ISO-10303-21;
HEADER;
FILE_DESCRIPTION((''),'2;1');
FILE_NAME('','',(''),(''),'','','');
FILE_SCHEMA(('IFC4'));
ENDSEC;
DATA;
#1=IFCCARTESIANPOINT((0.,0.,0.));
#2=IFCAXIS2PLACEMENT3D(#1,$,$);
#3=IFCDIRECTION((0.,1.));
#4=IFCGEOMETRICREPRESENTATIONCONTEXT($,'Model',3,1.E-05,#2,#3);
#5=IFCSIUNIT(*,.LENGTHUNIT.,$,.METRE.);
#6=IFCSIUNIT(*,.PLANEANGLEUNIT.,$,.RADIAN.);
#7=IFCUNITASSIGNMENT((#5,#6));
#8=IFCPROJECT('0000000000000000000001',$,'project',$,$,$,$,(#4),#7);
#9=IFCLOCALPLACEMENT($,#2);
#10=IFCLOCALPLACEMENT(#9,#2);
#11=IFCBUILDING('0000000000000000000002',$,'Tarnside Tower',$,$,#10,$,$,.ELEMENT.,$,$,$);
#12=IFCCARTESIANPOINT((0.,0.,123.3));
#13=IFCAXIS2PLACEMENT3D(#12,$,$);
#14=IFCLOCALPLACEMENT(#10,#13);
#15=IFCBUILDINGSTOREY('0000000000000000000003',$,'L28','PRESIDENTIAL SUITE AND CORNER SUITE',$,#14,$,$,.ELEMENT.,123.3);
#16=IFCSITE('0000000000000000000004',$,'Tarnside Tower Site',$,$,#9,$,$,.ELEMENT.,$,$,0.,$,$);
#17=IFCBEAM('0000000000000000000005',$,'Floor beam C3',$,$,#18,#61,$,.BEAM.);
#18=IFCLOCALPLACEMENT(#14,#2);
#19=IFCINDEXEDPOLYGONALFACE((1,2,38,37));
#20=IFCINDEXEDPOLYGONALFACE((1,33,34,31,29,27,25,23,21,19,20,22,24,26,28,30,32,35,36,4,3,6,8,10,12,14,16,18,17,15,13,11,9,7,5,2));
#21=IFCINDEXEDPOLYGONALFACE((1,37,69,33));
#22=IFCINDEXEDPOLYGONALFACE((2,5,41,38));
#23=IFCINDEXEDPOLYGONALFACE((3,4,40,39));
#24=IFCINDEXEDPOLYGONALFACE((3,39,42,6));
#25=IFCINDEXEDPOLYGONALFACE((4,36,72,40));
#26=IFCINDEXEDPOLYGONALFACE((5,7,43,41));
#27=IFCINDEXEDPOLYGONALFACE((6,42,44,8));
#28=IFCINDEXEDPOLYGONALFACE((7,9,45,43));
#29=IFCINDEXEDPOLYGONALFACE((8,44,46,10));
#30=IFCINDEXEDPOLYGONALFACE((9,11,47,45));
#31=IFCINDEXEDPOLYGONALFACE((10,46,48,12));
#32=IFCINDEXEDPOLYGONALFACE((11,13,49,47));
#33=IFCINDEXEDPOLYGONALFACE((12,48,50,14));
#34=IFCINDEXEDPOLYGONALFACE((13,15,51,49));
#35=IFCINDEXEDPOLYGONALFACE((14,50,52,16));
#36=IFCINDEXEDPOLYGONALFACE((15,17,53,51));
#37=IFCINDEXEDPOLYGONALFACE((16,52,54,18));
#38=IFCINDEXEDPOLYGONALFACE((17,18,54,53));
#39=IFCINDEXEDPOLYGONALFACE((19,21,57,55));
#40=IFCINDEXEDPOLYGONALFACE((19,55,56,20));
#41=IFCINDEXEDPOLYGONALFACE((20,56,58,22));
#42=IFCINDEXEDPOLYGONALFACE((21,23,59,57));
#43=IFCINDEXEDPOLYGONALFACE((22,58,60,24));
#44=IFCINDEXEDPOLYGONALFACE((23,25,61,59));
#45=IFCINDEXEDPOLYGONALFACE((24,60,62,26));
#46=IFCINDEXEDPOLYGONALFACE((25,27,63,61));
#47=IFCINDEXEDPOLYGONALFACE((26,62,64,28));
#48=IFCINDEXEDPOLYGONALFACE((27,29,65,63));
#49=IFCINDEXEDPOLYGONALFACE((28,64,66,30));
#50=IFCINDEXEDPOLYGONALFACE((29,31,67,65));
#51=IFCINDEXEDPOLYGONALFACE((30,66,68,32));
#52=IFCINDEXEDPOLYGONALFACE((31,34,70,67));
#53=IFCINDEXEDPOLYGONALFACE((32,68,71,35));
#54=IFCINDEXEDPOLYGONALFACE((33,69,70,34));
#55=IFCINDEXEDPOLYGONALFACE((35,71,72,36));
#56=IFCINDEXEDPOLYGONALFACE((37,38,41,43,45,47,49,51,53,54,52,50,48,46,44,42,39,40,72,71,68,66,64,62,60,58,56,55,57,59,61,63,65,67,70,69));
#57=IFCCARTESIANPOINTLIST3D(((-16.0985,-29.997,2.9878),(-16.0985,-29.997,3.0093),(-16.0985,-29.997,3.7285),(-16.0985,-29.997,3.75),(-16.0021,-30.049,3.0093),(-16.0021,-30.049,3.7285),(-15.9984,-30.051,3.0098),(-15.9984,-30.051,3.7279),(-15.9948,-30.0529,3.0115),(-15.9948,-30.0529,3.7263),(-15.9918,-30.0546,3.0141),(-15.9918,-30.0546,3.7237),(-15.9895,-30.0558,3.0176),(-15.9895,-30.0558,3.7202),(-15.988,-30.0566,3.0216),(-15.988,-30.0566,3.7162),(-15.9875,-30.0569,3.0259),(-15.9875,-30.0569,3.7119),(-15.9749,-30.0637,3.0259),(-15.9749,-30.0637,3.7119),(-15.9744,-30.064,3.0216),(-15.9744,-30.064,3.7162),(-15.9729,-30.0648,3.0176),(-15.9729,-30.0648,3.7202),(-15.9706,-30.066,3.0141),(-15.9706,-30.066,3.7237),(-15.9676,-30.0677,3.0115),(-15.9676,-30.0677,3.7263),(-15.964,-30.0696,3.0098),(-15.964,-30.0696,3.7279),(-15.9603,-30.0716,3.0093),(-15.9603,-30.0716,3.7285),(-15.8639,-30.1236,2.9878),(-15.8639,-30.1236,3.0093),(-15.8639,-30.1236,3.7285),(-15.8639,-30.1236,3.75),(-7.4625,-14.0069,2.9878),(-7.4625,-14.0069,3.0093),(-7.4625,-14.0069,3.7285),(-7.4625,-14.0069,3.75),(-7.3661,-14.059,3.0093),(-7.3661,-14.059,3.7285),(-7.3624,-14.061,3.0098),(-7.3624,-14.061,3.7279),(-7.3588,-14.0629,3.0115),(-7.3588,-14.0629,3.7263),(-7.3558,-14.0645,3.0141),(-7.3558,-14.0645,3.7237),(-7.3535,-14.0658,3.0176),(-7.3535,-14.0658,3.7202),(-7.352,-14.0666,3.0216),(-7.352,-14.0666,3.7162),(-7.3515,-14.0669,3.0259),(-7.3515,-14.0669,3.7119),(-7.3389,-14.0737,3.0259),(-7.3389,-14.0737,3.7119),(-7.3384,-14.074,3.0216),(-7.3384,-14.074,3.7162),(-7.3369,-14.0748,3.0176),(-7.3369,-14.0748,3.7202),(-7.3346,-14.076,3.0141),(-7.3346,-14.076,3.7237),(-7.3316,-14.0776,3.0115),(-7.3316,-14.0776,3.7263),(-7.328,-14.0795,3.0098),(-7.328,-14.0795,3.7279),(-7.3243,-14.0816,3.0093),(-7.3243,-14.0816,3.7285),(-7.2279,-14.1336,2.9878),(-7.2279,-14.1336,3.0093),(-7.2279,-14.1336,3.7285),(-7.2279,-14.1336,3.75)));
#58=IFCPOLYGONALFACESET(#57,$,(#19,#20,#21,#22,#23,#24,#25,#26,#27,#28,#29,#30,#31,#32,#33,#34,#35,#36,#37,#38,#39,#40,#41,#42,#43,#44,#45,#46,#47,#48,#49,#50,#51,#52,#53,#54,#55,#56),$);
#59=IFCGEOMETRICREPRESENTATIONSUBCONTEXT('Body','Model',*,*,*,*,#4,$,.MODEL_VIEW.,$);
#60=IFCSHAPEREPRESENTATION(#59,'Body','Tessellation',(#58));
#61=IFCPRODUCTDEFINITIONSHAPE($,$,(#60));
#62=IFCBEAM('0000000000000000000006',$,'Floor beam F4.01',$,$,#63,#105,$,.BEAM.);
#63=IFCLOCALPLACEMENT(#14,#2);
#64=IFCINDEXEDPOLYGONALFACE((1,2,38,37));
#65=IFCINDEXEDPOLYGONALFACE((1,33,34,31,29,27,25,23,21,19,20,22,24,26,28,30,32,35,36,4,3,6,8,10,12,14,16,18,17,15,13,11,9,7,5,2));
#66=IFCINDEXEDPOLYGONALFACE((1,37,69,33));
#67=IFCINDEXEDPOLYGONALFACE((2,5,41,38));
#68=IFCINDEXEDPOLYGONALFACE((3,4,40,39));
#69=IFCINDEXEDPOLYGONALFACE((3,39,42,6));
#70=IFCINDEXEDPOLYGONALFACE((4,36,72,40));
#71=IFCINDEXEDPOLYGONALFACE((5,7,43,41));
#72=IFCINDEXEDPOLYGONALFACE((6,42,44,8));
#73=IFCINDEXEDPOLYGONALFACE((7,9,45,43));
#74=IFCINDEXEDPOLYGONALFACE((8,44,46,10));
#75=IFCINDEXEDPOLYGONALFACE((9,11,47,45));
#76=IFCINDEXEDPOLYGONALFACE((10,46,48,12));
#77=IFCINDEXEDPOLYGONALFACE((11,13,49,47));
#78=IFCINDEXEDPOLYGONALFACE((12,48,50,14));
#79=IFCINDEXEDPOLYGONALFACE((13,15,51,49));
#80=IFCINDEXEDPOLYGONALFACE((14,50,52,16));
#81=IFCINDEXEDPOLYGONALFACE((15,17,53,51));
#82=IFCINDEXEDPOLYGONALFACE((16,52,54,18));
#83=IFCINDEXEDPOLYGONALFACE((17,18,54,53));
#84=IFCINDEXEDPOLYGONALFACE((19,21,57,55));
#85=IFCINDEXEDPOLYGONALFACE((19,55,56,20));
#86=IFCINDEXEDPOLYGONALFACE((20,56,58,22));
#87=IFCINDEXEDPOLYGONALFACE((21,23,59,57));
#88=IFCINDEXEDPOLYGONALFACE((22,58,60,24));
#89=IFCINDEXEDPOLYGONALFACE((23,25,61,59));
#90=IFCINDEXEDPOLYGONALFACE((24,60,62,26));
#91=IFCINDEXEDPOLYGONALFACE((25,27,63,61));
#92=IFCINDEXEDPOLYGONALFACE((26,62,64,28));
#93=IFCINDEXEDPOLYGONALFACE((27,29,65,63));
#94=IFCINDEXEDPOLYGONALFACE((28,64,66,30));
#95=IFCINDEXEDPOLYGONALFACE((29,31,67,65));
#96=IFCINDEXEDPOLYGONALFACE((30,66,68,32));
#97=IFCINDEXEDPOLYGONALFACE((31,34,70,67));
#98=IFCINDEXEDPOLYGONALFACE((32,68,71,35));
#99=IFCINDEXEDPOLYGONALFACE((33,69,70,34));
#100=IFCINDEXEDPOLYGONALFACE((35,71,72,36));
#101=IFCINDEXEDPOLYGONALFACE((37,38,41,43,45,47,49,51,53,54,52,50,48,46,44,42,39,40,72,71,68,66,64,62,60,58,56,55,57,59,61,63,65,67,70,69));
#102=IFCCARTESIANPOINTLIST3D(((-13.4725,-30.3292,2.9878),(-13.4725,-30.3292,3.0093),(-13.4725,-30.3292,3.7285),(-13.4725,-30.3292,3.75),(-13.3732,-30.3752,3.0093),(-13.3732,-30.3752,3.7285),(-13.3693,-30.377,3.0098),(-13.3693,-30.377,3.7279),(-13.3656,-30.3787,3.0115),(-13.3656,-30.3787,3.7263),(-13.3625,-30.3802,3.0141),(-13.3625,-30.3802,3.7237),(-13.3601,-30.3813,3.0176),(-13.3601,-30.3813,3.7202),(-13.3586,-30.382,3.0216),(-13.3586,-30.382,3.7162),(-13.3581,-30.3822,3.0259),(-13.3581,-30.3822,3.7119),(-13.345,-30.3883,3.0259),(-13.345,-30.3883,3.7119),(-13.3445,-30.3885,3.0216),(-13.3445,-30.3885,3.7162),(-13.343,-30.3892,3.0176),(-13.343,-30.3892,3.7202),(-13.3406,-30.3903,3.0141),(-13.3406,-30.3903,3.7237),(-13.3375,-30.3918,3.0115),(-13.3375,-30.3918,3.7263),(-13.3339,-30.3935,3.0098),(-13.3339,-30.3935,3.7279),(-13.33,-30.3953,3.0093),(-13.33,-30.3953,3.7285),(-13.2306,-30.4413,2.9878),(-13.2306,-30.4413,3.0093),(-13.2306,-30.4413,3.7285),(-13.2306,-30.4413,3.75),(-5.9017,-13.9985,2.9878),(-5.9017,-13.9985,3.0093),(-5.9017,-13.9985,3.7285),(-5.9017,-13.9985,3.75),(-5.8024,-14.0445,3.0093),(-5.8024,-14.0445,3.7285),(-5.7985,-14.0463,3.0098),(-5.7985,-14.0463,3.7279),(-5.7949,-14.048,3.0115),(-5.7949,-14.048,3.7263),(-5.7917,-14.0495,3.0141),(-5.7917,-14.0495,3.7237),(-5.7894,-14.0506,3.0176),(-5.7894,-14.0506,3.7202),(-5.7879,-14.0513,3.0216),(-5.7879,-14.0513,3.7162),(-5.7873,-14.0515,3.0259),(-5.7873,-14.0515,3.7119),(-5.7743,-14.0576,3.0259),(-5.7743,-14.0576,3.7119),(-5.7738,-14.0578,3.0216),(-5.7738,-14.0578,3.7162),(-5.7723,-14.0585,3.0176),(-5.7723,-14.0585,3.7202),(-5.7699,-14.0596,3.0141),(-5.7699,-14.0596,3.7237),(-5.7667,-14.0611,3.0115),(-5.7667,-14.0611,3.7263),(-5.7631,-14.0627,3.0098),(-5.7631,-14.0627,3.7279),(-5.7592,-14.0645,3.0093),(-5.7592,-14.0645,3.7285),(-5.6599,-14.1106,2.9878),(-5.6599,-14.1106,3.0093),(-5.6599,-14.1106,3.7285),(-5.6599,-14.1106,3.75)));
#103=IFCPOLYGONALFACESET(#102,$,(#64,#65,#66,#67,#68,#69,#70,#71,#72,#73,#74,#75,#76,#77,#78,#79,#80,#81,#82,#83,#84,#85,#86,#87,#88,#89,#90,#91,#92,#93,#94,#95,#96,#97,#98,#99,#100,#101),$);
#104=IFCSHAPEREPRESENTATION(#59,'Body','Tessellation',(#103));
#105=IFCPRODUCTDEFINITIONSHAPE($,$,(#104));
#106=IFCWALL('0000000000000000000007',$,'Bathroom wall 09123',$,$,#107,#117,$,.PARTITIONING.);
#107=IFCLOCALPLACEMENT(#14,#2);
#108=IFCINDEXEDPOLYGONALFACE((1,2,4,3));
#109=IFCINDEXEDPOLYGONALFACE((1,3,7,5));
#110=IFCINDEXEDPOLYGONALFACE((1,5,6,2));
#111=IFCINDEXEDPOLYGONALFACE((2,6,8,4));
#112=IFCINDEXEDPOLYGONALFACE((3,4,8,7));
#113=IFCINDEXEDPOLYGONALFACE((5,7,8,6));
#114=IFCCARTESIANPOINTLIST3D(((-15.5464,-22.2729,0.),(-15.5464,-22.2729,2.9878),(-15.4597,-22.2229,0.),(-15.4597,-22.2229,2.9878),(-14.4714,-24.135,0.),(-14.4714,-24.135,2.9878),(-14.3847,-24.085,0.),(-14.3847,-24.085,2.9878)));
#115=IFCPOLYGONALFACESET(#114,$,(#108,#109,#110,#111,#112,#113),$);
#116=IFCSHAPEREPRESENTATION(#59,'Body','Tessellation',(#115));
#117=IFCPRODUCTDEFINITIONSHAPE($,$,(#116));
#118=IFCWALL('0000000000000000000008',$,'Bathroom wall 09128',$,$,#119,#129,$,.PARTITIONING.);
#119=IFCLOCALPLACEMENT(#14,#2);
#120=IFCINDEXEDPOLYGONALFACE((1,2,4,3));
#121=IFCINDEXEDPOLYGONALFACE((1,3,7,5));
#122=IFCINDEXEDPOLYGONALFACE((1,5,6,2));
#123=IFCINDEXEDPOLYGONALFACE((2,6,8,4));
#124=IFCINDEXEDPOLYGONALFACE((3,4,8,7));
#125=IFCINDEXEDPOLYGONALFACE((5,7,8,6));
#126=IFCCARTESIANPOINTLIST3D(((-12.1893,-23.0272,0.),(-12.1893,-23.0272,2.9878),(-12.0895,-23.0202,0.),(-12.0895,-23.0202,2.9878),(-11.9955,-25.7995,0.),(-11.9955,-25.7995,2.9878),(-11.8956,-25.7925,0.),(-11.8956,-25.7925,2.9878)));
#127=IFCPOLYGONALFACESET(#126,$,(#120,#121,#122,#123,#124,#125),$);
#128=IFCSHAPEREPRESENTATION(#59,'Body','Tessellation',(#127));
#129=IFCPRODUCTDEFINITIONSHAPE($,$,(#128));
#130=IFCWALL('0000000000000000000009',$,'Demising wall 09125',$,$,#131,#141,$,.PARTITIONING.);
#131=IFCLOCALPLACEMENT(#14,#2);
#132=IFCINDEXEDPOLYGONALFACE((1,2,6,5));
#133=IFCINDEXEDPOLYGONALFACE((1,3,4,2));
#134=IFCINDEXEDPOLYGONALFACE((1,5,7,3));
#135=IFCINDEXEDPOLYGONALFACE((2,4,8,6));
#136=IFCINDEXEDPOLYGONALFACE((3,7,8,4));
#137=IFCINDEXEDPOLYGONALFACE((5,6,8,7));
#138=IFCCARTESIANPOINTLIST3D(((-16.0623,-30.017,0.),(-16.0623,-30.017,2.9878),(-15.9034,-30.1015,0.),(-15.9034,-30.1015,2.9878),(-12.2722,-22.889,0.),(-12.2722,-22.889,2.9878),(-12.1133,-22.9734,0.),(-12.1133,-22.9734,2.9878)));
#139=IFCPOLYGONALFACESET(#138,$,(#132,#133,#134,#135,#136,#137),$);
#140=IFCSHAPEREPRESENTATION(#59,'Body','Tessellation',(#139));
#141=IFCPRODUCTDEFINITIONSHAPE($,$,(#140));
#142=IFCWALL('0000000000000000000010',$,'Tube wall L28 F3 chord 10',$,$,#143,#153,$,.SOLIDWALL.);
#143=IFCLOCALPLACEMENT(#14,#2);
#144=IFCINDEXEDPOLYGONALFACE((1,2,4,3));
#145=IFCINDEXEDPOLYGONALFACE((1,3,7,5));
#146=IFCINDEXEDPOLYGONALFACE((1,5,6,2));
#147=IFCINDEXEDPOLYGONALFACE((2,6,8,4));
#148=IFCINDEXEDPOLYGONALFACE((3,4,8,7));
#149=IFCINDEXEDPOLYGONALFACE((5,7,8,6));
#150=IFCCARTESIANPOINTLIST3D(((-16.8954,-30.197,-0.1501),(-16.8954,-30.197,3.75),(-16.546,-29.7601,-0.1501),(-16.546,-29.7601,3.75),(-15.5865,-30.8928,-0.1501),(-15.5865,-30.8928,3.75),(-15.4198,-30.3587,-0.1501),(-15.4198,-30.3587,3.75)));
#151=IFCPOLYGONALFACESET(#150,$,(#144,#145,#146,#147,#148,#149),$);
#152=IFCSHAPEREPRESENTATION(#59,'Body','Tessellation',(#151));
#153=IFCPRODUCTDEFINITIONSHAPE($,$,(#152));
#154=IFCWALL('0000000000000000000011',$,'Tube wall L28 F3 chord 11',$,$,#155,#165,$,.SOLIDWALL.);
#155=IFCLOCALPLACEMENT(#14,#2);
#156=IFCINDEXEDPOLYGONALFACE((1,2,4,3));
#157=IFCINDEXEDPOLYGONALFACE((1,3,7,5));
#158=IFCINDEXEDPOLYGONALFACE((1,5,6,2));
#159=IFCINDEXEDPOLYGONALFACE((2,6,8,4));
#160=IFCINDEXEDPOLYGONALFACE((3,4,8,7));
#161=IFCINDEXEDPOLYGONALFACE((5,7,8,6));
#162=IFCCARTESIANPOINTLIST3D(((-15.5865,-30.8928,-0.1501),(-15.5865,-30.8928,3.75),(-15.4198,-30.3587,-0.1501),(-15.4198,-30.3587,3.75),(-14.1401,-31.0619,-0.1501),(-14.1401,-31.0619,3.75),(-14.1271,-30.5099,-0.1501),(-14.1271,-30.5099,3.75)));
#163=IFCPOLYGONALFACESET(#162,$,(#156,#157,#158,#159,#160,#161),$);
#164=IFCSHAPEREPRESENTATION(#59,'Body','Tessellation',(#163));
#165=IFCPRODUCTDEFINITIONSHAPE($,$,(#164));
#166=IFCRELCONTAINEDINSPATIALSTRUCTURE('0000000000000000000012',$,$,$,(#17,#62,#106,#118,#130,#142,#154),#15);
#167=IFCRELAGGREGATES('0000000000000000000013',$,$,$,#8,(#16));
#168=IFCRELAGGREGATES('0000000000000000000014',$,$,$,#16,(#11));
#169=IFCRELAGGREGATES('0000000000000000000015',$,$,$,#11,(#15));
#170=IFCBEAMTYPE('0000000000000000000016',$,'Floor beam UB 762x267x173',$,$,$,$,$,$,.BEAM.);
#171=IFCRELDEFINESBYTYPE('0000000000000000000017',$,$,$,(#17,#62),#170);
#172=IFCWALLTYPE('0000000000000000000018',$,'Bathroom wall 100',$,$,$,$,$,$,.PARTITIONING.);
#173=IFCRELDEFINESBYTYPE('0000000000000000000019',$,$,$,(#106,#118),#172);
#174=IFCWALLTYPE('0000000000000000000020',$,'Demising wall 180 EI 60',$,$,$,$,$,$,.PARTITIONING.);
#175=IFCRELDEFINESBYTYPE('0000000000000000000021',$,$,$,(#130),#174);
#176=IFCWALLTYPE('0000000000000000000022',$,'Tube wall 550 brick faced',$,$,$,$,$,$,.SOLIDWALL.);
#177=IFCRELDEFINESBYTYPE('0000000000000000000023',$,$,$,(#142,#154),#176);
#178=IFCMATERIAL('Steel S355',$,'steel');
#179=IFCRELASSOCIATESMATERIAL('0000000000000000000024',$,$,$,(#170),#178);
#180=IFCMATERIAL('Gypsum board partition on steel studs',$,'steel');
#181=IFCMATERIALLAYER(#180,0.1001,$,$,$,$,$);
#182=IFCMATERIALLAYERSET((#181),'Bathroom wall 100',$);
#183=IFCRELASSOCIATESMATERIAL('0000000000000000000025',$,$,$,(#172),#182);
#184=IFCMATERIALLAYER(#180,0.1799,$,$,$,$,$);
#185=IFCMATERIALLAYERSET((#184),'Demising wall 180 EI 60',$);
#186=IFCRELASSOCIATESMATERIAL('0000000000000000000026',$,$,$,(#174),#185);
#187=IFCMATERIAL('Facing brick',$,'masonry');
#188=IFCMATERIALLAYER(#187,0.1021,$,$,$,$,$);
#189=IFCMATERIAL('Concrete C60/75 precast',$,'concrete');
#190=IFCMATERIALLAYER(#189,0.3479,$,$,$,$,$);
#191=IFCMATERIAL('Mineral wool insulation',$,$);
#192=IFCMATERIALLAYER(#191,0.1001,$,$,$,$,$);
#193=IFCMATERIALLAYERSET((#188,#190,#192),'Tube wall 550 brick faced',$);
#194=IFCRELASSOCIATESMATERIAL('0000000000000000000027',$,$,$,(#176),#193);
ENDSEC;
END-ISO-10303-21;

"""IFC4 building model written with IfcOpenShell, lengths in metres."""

from ifc_helpers import new_model, si_unit, direction, frame, frame_2d, origin, origin_2d, place, context, subcontext, project, spatial, polyline, rectangle, i_section, outline, extrude, material, layer, layer_set, material_profile, profile_set, type_object, element, save


model = new_model("IFC4")

# Units and contexts
model_context = context("Model", 3, precision=1e-05, world=origin(), true_north=direction((0.0, 1.0)))
body_context = subcontext(model_context, "Body", "Model", "MODEL_VIEW")
ifc_project = project(units=[si_unit("LENGTHUNIT", "METRE"), si_unit("PLANEANGLEUNIT", "RADIAN")], contexts=[model_context])

# Site, building, storey
site_placement = place(None, origin())
site = spatial("IfcSite", under=ifc_project, at=site_placement, Name="Tarnside Tower Site", CompositionType="ELEMENT", RefElevation=0.0)
building_placement = place(site_placement, origin())
building = spatial("IfcBuilding", under=site, at=building_placement, Name="Tarnside Tower", CompositionType="ELEMENT")
storey_placement = place(building_placement, frame((0.0, 0.0, 123.3)))
storey = spatial("IfcBuildingStorey", under=building, at=storey_placement, Name="L28", Description="PRESIDENTIAL SUITE AND CORNER SUITE", CompositionType="ELEMENT", Elevation=123.3)

# Beams
ifc_material_1 = material(Name="Steel S355", Category="steel")
ifc_material_profile = material_profile(ifc_material_1, i_section(OverallWidth=0.2666, OverallDepth=0.7622, WebThickness=0.0144, FlangeThickness=0.0215, FilletRadius=0.0166, at=origin_2d()), Name="UB 762x267x173")
ifc_profile_set = profile_set([ifc_material_profile], Name="Steel S355")
beam_type = type_object("IfcBeamType", Name="Floor beam UB 762x267x173", PredefinedType="BEAM", material=ifc_profile_set)
beam_1_placement = place(storey_placement, frame((-15.9812, -30.0603, 3.3689), z_axis=(0.475208, 0.879873, 0.0), x_axis=(-0.879873, 0.475208, 0.0)))
element("IfcBeam", 1, at=beam_1_placement, inside=storey, type_object=beam_type, Name="Floor beam C3", PredefinedType="BEAM", context=body_context, shape_type="SweptSolid", body=[
    extrude(i_section(OverallWidth=0.2666, OverallDepth=0.7622, WebThickness=0.0144, FlangeThickness=0.0215, FilletRadius=0.0166, at=origin_2d()), origin(), (0.0, 0.0, 1.0), 18.1731),
])
beam_2_placement = place(storey_placement, frame((-13.3516, -30.3853, 3.3689), z_axis=(0.420592, 0.90725, 0.0), x_axis=(-0.90725, 0.420592, 0.0)))
element("IfcBeam", 2, at=beam_2_placement, inside=storey, type_object=beam_type, Name="Floor beam F4.01", PredefinedType="BEAM", context=body_context, shape_type="SweptSolid", body=[
    extrude(i_section(OverallWidth=0.2666, OverallDepth=0.7622, WebThickness=0.0144, FlangeThickness=0.0215, FilletRadius=0.0166, at=origin_2d()), origin(), (0.0, 0.0, 1.0), 18.0002),
])

# Walls
ifc_material_2 = material(Name="Gypsum board partition on steel studs", Category="steel")
ifc_layer_1 = layer(ifc_material_2, 0.1001)
ifc_layer_set_1 = layer_set([ifc_layer_1], Name="Bathroom wall 100")
wall_type_1 = type_object("IfcWallType", Name="Bathroom wall 100", PredefinedType="PARTITIONING", material=ifc_layer_set_1)
wall_1_placement = place(storey_placement, frame((-14.428, -24.1101, 0.0), z_axis=(0.0, 0.0, 1.0), x_axis=(-0.499962, 0.866048, 0.0)))
element("IfcWall", 3, at=wall_1_placement, inside=storey, type_object=wall_type_1, Name="Bathroom wall 09123", PredefinedType="PARTITIONING", context=body_context, shape_type="SweptSolid", body=[
    extrude(rectangle(XDim=2.1501, YDim=0.1001, at=frame_2d((1.0752, 0.0))), origin(), (0.0, 0.0, 1.0), 2.9878),
])
wall_2_placement = place(storey_placement, frame((-11.9456, -25.7961, 0.0), z_axis=(0.0, 0.0, 1.0), x_axis=(-0.069755, 0.997564, 0.0)))
element("IfcWall", 4, at=wall_2_placement, inside=storey, type_object=wall_type_1, Name="Bathroom wall 09128", PredefinedType="PARTITIONING", context=body_context, shape_type="SweptSolid", body=[
    extrude(rectangle(XDim=2.7791, YDim=0.1001, at=frame_2d((1.3896, 0.0))), origin(), (0.0, 0.0, 1.0), 2.9878),
])
ifc_layer_2 = layer(ifc_material_2, 0.1799)
ifc_layer_set_2 = layer_set([ifc_layer_2], Name="Demising wall 180 EI 60")
wall_type_2 = type_object("IfcWallType", Name="Demising wall 180 EI 60", PredefinedType="PARTITIONING", material=ifc_layer_set_2)
wall_3_placement = place(storey_placement, frame((-15.9829, -30.0593, 0.0), z_axis=(0.0, 0.0, 1.0), x_axis=(0.469477, 0.882945, 0.0)))
element("IfcWall", 5, at=wall_3_placement, inside=storey, type_object=wall_type_2, Name="Demising wall 09125", PredefinedType="PARTITIONING", context=body_context, shape_type="SweptSolid", body=[
    extrude(rectangle(XDim=8.073, YDim=0.1799, at=frame_2d((4.0366, 0.0))), origin(), (0.0, 0.0, 1.0), 2.9878),
])
ifc_material_3 = material(Name="Facing brick", Category="masonry")
ifc_layer_3 = layer(ifc_material_3, 0.1021)
ifc_material_4 = material(Name="Concrete C60/75 precast", Category="concrete")
ifc_layer_4 = layer(ifc_material_4, 0.3479)
ifc_material_5 = material(Name="Mineral wool insulation")
ifc_layer_5 = layer(ifc_material_5, 0.1001)
ifc_layer_set_3 = layer_set([ifc_layer_3, ifc_layer_4, ifc_layer_5], Name="Tube wall 550 brick faced")
wall_type_3 = type_object("IfcWallType", Name="Tube wall 550 brick faced", PredefinedType="SOLIDWALL", material=ifc_layer_set_3)
wall_4_placement = place(storey_placement, frame((-16.7207, -29.9785, -0.1501), z_axis=(0.0, 0.0, 1.0), x_axis=(0.882994, -0.469384, 0.0)))
element("IfcWall", 6, at=wall_4_placement, inside=storey, type_object=wall_type_3, Name="Tube wall L28 F3 chord 10", PredefinedType="SOLIDWALL", context=body_context, shape_type="SweptSolid", body=[
    extrude(outline(polyline([(-0.0518, -0.2749), (1.4307, -0.2749), (1.3271, 0.2749), (0.0518, 0.2749), (-0.0518, -0.2749)])), origin(), (0.0, 0.0, 1.0), 3.9001),
])
wall_5_placement = place(storey_placement, frame((-15.5032, -30.6257, -0.1501), z_axis=(0.0, 0.0, 1.0), x_axis=(0.993233, -0.116143, 0.0)))
element("IfcWall", 7, at=wall_5_placement, inside=storey, type_object=wall_type_3, Name="Tube wall L28 F3 chord 11", PredefinedType="SOLIDWALL", context=body_context, shape_type="SweptSolid", body=[
    extrude(outline(polyline([(-0.0518, -0.2749), (1.4045, -0.2749), (1.3533, 0.2749), (0.0518, 0.2749), (-0.0518, -0.2749)])), origin(), (0.0, 0.0, 1.0), 3.9001),
])

save(model, "model.ifc")
